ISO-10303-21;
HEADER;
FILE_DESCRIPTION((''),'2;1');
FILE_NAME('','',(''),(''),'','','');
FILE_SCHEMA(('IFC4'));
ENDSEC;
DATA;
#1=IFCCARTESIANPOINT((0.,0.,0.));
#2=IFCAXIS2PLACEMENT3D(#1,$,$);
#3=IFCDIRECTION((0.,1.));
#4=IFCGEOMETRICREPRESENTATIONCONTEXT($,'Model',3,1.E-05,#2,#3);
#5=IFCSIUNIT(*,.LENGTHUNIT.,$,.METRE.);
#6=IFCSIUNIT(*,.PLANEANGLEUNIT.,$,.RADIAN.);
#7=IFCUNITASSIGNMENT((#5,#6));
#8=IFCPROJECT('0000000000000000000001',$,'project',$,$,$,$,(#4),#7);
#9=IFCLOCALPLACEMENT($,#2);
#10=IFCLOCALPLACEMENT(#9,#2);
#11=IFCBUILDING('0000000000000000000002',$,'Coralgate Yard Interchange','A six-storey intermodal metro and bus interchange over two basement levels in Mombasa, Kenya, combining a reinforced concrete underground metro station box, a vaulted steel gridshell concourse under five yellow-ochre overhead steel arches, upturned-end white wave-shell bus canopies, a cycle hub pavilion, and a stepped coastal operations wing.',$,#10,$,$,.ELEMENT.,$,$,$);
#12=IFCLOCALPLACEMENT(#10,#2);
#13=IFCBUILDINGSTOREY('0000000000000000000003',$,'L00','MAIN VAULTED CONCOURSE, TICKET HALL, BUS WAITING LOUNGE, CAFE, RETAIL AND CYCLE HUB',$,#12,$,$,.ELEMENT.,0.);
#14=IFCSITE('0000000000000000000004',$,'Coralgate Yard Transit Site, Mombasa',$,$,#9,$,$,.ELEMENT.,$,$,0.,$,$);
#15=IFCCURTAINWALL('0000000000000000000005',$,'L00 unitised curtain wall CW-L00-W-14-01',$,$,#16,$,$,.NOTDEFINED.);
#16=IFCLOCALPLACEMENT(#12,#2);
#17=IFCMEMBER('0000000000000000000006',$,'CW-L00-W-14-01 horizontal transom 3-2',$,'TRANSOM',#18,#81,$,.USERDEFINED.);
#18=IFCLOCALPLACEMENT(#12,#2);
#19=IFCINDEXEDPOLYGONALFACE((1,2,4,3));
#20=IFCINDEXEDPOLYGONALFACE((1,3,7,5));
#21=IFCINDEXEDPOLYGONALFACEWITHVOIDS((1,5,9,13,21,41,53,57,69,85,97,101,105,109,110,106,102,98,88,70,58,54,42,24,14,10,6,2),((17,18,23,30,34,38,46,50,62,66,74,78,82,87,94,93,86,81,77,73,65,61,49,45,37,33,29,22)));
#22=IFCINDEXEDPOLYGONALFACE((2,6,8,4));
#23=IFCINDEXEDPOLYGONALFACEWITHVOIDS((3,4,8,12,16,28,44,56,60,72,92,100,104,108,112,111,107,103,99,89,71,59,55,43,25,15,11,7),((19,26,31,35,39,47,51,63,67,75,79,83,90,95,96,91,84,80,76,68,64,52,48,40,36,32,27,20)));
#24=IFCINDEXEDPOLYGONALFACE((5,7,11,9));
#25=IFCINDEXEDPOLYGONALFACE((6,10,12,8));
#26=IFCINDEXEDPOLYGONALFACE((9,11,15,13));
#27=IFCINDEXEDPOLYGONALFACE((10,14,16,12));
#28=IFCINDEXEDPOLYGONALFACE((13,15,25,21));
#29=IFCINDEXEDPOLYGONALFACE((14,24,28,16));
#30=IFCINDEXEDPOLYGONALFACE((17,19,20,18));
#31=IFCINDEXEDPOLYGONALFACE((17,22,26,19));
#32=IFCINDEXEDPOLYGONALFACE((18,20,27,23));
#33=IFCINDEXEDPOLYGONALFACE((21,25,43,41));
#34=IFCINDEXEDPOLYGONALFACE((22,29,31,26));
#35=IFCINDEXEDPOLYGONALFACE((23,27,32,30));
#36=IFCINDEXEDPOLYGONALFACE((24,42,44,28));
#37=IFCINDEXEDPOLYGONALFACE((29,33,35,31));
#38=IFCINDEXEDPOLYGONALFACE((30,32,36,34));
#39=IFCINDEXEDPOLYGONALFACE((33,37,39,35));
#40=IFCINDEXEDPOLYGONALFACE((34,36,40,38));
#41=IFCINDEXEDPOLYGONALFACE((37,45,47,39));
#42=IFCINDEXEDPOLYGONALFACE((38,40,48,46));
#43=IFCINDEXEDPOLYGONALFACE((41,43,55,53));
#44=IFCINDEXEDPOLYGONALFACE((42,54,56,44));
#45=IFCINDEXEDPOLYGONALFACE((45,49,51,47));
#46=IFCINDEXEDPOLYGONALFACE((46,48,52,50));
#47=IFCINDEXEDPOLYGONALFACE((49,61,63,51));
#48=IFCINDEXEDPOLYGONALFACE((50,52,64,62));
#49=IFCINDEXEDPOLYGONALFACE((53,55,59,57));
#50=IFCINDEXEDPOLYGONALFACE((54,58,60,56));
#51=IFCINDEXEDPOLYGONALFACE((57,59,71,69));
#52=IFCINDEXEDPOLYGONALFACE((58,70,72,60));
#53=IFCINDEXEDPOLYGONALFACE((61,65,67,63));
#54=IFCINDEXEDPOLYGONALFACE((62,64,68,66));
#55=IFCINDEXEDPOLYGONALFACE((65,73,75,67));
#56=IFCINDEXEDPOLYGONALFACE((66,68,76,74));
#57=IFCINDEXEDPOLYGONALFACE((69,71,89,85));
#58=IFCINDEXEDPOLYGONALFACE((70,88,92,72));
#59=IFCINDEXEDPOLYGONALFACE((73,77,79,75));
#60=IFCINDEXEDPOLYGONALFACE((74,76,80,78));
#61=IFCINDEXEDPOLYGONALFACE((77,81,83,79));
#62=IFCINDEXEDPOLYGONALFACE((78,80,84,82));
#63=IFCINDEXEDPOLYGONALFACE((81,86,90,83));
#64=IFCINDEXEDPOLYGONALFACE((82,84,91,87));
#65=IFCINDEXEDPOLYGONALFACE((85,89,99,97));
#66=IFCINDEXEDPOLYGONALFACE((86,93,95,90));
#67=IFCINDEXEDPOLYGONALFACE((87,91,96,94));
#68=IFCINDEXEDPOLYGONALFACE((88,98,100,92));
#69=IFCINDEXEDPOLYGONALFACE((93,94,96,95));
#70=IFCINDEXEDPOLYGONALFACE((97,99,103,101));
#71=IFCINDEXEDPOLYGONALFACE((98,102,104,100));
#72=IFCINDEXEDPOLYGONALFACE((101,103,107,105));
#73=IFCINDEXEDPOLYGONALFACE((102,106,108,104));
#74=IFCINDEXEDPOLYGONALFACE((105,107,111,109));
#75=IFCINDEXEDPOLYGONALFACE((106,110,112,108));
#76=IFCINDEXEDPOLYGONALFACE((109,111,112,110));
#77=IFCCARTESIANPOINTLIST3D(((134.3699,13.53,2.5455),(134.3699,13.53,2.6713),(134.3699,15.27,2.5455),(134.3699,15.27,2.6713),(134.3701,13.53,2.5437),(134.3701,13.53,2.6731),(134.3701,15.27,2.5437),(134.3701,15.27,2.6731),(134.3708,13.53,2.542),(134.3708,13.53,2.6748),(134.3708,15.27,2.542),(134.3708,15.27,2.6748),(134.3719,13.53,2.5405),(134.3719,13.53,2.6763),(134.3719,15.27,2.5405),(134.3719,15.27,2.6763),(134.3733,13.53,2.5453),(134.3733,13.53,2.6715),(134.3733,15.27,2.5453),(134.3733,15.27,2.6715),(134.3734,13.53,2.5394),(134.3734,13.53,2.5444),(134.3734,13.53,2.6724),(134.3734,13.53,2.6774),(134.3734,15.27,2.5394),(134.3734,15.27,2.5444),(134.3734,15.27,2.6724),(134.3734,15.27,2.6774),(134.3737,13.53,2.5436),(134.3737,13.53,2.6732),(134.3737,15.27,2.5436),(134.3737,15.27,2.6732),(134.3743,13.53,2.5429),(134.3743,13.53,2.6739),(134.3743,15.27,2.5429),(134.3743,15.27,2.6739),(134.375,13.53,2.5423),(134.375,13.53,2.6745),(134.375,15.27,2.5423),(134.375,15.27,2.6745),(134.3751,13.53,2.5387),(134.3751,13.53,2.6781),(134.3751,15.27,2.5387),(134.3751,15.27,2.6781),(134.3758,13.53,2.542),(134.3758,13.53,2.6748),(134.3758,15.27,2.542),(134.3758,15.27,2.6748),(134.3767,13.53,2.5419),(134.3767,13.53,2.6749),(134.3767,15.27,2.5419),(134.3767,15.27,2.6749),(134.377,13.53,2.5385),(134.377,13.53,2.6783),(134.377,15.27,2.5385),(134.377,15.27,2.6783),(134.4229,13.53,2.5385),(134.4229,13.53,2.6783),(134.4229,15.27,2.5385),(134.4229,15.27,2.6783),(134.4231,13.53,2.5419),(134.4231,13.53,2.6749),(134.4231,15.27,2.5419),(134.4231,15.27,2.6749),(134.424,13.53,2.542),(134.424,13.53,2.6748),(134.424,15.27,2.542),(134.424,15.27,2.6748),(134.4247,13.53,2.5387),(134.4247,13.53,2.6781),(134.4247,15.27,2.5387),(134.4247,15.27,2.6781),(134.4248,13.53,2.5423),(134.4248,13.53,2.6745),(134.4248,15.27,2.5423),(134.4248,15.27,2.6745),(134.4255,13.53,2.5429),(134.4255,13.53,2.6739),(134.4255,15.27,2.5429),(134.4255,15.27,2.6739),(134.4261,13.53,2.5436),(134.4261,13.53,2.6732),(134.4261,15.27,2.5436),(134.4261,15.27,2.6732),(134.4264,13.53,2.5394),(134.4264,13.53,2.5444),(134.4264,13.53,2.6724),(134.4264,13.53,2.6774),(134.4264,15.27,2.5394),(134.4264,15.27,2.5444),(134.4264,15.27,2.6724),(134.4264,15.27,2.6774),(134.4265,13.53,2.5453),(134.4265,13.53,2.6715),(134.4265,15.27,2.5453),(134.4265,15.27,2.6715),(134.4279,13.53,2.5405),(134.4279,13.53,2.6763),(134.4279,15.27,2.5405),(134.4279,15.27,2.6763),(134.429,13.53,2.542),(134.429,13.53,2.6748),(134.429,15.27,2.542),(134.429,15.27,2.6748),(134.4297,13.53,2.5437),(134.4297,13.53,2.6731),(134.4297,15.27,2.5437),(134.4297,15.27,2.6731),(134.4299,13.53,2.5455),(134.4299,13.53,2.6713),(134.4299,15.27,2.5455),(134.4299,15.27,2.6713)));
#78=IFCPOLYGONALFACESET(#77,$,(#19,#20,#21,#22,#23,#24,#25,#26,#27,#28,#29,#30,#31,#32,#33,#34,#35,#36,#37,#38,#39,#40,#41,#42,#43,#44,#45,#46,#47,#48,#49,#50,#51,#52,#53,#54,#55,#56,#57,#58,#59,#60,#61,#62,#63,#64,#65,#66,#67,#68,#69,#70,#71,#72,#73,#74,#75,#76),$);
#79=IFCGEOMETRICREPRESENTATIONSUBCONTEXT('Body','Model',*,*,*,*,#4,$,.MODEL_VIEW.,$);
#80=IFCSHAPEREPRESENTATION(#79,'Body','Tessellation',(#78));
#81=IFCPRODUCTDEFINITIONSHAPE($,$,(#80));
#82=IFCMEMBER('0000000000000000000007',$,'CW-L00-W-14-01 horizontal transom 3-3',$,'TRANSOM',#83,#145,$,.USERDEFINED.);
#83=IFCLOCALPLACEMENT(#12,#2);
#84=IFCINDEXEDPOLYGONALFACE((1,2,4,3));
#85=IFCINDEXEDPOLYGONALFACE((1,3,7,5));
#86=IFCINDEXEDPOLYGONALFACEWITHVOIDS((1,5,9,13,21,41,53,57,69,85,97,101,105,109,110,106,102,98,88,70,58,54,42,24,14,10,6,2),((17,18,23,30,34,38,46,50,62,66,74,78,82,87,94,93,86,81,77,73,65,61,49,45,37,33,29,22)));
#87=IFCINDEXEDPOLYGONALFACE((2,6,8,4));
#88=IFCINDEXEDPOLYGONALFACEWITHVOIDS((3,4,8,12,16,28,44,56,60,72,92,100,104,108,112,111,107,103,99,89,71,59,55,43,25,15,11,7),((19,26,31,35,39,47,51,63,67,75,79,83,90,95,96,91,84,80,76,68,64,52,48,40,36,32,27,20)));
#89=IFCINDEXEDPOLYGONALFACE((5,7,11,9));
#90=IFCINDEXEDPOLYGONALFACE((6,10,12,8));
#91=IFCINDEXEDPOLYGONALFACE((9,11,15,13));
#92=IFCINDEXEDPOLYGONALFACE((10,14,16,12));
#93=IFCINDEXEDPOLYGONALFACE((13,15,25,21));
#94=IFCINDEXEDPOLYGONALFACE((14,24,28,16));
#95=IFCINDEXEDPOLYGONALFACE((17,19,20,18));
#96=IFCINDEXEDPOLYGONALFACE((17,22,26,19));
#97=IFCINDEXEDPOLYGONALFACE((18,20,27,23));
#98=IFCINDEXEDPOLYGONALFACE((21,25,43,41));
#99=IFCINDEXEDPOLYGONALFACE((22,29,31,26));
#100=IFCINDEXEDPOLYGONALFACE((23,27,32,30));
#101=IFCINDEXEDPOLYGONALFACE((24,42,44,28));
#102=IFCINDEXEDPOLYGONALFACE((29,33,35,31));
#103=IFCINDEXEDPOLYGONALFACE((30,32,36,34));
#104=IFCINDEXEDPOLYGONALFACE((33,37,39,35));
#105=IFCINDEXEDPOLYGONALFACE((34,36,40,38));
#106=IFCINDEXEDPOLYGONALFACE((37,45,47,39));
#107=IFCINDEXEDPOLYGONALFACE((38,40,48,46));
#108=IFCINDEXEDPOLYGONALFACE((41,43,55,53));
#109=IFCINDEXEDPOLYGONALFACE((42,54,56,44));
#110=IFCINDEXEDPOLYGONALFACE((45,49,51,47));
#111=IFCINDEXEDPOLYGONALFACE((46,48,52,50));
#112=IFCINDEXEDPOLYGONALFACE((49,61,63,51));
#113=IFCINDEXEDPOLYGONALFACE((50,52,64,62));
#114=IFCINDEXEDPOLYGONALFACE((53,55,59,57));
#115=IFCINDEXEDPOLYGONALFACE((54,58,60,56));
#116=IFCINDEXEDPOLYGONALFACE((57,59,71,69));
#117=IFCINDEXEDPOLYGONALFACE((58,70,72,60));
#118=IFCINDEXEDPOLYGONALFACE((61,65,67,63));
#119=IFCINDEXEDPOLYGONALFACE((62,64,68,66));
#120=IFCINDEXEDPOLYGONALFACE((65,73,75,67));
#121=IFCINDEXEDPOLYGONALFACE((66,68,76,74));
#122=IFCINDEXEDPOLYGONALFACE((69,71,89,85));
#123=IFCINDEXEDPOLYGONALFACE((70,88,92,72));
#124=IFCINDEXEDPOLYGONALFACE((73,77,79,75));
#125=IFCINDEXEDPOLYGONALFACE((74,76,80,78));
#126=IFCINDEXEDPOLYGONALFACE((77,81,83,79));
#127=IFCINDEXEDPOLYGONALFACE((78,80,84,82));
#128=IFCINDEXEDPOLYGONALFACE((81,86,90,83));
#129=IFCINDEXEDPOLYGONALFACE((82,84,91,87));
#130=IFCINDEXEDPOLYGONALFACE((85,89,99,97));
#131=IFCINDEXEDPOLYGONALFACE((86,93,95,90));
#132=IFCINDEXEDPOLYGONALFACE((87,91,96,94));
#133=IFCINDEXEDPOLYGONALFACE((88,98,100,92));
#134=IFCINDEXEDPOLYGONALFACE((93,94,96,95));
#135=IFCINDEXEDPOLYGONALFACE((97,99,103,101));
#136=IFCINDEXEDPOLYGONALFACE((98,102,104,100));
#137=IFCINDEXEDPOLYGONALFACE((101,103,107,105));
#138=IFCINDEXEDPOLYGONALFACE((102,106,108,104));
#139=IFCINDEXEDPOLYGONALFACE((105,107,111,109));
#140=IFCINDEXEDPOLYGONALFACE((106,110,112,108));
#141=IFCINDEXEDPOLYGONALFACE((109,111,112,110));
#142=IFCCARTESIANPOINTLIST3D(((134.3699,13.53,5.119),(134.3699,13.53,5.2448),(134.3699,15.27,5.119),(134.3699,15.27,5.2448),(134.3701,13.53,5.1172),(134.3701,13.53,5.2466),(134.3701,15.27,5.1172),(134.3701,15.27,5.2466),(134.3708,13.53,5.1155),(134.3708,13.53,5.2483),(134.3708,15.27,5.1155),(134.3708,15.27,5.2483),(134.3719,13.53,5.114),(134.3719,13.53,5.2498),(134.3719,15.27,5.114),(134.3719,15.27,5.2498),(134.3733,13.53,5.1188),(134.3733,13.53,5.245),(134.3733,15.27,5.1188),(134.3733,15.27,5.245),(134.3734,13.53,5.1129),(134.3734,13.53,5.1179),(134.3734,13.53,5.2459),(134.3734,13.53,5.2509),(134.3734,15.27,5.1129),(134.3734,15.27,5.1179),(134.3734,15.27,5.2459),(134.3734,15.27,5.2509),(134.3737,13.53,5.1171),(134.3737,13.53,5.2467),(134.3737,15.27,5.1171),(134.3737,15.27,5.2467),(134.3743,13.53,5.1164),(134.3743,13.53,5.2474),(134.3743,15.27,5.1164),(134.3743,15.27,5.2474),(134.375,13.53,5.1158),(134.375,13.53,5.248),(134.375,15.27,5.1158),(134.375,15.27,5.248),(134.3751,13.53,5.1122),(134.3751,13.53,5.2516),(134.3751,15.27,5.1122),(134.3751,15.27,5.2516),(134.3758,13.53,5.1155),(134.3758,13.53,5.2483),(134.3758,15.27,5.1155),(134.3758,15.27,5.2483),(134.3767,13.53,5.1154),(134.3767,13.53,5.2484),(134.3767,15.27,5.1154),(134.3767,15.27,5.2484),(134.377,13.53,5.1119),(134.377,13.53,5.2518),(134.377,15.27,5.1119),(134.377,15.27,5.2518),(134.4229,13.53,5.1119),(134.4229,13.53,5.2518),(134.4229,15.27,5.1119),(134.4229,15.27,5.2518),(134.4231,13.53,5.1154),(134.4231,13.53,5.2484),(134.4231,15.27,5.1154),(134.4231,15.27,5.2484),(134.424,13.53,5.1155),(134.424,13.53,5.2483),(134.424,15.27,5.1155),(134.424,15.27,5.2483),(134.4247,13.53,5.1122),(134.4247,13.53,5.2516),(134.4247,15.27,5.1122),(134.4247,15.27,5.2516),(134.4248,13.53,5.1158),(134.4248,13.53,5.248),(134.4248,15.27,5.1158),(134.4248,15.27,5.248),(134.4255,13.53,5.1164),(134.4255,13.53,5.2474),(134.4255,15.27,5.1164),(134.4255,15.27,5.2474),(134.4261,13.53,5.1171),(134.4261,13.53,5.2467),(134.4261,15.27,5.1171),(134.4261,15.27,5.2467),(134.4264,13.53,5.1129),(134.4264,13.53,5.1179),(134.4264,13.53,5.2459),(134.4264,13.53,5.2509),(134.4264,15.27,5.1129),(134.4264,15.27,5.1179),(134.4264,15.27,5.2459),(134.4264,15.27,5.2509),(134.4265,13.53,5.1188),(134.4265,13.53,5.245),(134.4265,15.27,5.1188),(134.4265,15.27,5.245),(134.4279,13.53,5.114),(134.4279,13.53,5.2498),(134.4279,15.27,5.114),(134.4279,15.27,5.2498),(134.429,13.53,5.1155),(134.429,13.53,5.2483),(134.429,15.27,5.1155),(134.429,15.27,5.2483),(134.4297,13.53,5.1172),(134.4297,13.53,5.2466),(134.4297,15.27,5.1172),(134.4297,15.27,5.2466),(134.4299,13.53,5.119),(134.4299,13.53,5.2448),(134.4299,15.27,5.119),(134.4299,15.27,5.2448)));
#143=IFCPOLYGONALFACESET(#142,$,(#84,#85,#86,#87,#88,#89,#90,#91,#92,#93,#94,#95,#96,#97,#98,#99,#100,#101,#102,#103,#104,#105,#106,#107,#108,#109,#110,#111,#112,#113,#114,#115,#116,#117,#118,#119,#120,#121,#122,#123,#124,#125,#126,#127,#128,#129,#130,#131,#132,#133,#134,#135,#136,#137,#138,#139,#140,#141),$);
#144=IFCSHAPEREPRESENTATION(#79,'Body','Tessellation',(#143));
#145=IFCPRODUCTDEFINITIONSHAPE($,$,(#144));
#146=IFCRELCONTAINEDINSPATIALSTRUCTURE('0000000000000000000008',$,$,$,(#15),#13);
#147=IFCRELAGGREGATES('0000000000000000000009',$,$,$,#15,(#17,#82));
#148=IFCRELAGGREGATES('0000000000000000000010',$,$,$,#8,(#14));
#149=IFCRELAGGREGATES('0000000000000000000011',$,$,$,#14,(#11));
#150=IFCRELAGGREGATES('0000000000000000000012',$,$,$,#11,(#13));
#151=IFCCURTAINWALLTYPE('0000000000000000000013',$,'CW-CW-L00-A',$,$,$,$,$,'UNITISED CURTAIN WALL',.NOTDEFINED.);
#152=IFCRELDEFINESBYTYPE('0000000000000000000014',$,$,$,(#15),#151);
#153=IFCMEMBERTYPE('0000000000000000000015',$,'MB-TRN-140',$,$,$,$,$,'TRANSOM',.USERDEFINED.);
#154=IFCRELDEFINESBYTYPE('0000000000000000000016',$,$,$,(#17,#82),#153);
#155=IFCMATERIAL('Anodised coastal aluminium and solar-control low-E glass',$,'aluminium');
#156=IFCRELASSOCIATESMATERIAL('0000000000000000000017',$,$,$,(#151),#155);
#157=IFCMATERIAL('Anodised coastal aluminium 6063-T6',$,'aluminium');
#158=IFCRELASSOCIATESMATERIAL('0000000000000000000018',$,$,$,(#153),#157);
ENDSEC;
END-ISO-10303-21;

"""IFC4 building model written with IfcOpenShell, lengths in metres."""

from ifc_helpers import new_model, si_unit, direction, frame, origin, origin_2d, place, context, subcontext, project, spatial, hollow_rectangle, extrude, material, material_profile, profile_set, type_object, element, aggregate, save


model = new_model("IFC4")

# Units and contexts
model_context = context("Model", 3, precision=1e-05, world=origin(), true_north=direction((0.0, 1.0)))
body_context = subcontext(model_context, "Body", "Model", "MODEL_VIEW")
ifc_project = project(units=[si_unit("LENGTHUNIT", "METRE"), si_unit("PLANEANGLEUNIT", "RADIAN")], contexts=[model_context])

# Site, building, storey
site_placement = place(None, origin())
site = spatial("IfcSite", under=ifc_project, at=site_placement, Name="Coralgate Yard Transit Site, Mombasa", CompositionType="ELEMENT", RefElevation=0.0)
building_placement = place(site_placement, origin())
building = spatial("IfcBuilding", under=site, at=building_placement, Name="Coralgate Yard Interchange", Description="A six-storey intermodal metro and bus interchange over two basement levels in Mombasa, Kenya, combining a reinforced concrete underground metro station box, a vaulted steel gridshell concourse under five yellow-ochre overhead steel arches, upturned-end white wave-shell bus canopies, a cycle hub pavilion, and a stepped coastal operations wing.", CompositionType="ELEMENT")
storey_placement = place(building_placement, origin())
storey = spatial("IfcBuildingStorey", under=building, at=storey_placement, Name="L00", Description="MAIN VAULTED CONCOURSE, TICKET HALL, BUS WAITING LOUNGE, CAFE, RETAIL AND CYCLE HUB", CompositionType="ELEMENT", Elevation=0.0)

# Curtain wall, members
ifc_material_1 = material(Name="Anodised coastal aluminium and solar-control low-E glass", Category="aluminium")
curtain_wall_type = type_object("IfcCurtainWallType", Name="CW-CW-L00-A", ElementType="UNITISED CURTAIN WALL", PredefinedType="NOTDEFINED", material=ifc_material_1)
curtain_wall_placement = place(storey_placement, origin())
curtain_wall = element("IfcCurtainWall", 1, at=curtain_wall_placement, inside=storey, type_object=curtain_wall_type, Name="L00 unitised curtain wall CW-L00-W-14-01", PredefinedType="NOTDEFINED")
ifc_material_2 = material(Name="Anodised coastal aluminium 6063-T6", Category="aluminium")
ifc_material_profile_1 = material_profile(ifc_material_2, hollow_rectangle(XDim=0.0601, YDim=0.1399, WallThickness=0.0034, InnerFilletRadius=0.0034, OuterFilletRadius=0.0071, at=origin_2d()), Name="ALU 60x140x3.5")
ifc_profile_set_1 = profile_set([ifc_material_profile_1], Name="Anodised coastal aluminium 6063-T6")
member_type_1 = type_object("IfcMemberType", Name="MB-TRN-140", ElementType="TRANSOM", PredefinedType="USERDEFINED", material=ifc_profile_set_1)
member_1_placement = place(storey_placement, frame((134.3999, 13.53, 2.6084), z_axis=(0.0, 1.0, 0.0), x_axis=(-1.0, 0.0, 0.0)))
member_1 = element("IfcMember", 2, at=member_1_placement, type_object=member_type_1, Name="CW-L00-W-14-01 horizontal transom 3-2", ObjectType="TRANSOM", PredefinedType="USERDEFINED", context=body_context, shape_type="SweptSolid", body=[
    extrude(hollow_rectangle(XDim=0.0601, YDim=0.1399, WallThickness=0.0034, InnerFilletRadius=0.0034, OuterFilletRadius=0.0071, at=origin_2d()), origin(), (0.0, 0.0, 1.0), 1.74),
])
member_2_placement = place(storey_placement, frame((134.3999, 13.53, 5.1819), z_axis=(0.0, 1.0, 0.0), x_axis=(-1.0, 0.0, 0.0)))
member_2 = element("IfcMember", 3, at=member_2_placement, type_object=member_type_1, Name="CW-L00-W-14-01 horizontal transom 3-3", ObjectType="TRANSOM", PredefinedType="USERDEFINED", context=body_context, shape_type="SweptSolid", body=[
    extrude(hollow_rectangle(XDim=0.0601, YDim=0.1399, WallThickness=0.0034, InnerFilletRadius=0.0034, OuterFilletRadius=0.0071, at=origin_2d()), origin(), (0.0, 0.0, 1.0), 1.74),
])
aggregate(curtain_wall, [member_1, member_2])

save(model, "model.ifc")
